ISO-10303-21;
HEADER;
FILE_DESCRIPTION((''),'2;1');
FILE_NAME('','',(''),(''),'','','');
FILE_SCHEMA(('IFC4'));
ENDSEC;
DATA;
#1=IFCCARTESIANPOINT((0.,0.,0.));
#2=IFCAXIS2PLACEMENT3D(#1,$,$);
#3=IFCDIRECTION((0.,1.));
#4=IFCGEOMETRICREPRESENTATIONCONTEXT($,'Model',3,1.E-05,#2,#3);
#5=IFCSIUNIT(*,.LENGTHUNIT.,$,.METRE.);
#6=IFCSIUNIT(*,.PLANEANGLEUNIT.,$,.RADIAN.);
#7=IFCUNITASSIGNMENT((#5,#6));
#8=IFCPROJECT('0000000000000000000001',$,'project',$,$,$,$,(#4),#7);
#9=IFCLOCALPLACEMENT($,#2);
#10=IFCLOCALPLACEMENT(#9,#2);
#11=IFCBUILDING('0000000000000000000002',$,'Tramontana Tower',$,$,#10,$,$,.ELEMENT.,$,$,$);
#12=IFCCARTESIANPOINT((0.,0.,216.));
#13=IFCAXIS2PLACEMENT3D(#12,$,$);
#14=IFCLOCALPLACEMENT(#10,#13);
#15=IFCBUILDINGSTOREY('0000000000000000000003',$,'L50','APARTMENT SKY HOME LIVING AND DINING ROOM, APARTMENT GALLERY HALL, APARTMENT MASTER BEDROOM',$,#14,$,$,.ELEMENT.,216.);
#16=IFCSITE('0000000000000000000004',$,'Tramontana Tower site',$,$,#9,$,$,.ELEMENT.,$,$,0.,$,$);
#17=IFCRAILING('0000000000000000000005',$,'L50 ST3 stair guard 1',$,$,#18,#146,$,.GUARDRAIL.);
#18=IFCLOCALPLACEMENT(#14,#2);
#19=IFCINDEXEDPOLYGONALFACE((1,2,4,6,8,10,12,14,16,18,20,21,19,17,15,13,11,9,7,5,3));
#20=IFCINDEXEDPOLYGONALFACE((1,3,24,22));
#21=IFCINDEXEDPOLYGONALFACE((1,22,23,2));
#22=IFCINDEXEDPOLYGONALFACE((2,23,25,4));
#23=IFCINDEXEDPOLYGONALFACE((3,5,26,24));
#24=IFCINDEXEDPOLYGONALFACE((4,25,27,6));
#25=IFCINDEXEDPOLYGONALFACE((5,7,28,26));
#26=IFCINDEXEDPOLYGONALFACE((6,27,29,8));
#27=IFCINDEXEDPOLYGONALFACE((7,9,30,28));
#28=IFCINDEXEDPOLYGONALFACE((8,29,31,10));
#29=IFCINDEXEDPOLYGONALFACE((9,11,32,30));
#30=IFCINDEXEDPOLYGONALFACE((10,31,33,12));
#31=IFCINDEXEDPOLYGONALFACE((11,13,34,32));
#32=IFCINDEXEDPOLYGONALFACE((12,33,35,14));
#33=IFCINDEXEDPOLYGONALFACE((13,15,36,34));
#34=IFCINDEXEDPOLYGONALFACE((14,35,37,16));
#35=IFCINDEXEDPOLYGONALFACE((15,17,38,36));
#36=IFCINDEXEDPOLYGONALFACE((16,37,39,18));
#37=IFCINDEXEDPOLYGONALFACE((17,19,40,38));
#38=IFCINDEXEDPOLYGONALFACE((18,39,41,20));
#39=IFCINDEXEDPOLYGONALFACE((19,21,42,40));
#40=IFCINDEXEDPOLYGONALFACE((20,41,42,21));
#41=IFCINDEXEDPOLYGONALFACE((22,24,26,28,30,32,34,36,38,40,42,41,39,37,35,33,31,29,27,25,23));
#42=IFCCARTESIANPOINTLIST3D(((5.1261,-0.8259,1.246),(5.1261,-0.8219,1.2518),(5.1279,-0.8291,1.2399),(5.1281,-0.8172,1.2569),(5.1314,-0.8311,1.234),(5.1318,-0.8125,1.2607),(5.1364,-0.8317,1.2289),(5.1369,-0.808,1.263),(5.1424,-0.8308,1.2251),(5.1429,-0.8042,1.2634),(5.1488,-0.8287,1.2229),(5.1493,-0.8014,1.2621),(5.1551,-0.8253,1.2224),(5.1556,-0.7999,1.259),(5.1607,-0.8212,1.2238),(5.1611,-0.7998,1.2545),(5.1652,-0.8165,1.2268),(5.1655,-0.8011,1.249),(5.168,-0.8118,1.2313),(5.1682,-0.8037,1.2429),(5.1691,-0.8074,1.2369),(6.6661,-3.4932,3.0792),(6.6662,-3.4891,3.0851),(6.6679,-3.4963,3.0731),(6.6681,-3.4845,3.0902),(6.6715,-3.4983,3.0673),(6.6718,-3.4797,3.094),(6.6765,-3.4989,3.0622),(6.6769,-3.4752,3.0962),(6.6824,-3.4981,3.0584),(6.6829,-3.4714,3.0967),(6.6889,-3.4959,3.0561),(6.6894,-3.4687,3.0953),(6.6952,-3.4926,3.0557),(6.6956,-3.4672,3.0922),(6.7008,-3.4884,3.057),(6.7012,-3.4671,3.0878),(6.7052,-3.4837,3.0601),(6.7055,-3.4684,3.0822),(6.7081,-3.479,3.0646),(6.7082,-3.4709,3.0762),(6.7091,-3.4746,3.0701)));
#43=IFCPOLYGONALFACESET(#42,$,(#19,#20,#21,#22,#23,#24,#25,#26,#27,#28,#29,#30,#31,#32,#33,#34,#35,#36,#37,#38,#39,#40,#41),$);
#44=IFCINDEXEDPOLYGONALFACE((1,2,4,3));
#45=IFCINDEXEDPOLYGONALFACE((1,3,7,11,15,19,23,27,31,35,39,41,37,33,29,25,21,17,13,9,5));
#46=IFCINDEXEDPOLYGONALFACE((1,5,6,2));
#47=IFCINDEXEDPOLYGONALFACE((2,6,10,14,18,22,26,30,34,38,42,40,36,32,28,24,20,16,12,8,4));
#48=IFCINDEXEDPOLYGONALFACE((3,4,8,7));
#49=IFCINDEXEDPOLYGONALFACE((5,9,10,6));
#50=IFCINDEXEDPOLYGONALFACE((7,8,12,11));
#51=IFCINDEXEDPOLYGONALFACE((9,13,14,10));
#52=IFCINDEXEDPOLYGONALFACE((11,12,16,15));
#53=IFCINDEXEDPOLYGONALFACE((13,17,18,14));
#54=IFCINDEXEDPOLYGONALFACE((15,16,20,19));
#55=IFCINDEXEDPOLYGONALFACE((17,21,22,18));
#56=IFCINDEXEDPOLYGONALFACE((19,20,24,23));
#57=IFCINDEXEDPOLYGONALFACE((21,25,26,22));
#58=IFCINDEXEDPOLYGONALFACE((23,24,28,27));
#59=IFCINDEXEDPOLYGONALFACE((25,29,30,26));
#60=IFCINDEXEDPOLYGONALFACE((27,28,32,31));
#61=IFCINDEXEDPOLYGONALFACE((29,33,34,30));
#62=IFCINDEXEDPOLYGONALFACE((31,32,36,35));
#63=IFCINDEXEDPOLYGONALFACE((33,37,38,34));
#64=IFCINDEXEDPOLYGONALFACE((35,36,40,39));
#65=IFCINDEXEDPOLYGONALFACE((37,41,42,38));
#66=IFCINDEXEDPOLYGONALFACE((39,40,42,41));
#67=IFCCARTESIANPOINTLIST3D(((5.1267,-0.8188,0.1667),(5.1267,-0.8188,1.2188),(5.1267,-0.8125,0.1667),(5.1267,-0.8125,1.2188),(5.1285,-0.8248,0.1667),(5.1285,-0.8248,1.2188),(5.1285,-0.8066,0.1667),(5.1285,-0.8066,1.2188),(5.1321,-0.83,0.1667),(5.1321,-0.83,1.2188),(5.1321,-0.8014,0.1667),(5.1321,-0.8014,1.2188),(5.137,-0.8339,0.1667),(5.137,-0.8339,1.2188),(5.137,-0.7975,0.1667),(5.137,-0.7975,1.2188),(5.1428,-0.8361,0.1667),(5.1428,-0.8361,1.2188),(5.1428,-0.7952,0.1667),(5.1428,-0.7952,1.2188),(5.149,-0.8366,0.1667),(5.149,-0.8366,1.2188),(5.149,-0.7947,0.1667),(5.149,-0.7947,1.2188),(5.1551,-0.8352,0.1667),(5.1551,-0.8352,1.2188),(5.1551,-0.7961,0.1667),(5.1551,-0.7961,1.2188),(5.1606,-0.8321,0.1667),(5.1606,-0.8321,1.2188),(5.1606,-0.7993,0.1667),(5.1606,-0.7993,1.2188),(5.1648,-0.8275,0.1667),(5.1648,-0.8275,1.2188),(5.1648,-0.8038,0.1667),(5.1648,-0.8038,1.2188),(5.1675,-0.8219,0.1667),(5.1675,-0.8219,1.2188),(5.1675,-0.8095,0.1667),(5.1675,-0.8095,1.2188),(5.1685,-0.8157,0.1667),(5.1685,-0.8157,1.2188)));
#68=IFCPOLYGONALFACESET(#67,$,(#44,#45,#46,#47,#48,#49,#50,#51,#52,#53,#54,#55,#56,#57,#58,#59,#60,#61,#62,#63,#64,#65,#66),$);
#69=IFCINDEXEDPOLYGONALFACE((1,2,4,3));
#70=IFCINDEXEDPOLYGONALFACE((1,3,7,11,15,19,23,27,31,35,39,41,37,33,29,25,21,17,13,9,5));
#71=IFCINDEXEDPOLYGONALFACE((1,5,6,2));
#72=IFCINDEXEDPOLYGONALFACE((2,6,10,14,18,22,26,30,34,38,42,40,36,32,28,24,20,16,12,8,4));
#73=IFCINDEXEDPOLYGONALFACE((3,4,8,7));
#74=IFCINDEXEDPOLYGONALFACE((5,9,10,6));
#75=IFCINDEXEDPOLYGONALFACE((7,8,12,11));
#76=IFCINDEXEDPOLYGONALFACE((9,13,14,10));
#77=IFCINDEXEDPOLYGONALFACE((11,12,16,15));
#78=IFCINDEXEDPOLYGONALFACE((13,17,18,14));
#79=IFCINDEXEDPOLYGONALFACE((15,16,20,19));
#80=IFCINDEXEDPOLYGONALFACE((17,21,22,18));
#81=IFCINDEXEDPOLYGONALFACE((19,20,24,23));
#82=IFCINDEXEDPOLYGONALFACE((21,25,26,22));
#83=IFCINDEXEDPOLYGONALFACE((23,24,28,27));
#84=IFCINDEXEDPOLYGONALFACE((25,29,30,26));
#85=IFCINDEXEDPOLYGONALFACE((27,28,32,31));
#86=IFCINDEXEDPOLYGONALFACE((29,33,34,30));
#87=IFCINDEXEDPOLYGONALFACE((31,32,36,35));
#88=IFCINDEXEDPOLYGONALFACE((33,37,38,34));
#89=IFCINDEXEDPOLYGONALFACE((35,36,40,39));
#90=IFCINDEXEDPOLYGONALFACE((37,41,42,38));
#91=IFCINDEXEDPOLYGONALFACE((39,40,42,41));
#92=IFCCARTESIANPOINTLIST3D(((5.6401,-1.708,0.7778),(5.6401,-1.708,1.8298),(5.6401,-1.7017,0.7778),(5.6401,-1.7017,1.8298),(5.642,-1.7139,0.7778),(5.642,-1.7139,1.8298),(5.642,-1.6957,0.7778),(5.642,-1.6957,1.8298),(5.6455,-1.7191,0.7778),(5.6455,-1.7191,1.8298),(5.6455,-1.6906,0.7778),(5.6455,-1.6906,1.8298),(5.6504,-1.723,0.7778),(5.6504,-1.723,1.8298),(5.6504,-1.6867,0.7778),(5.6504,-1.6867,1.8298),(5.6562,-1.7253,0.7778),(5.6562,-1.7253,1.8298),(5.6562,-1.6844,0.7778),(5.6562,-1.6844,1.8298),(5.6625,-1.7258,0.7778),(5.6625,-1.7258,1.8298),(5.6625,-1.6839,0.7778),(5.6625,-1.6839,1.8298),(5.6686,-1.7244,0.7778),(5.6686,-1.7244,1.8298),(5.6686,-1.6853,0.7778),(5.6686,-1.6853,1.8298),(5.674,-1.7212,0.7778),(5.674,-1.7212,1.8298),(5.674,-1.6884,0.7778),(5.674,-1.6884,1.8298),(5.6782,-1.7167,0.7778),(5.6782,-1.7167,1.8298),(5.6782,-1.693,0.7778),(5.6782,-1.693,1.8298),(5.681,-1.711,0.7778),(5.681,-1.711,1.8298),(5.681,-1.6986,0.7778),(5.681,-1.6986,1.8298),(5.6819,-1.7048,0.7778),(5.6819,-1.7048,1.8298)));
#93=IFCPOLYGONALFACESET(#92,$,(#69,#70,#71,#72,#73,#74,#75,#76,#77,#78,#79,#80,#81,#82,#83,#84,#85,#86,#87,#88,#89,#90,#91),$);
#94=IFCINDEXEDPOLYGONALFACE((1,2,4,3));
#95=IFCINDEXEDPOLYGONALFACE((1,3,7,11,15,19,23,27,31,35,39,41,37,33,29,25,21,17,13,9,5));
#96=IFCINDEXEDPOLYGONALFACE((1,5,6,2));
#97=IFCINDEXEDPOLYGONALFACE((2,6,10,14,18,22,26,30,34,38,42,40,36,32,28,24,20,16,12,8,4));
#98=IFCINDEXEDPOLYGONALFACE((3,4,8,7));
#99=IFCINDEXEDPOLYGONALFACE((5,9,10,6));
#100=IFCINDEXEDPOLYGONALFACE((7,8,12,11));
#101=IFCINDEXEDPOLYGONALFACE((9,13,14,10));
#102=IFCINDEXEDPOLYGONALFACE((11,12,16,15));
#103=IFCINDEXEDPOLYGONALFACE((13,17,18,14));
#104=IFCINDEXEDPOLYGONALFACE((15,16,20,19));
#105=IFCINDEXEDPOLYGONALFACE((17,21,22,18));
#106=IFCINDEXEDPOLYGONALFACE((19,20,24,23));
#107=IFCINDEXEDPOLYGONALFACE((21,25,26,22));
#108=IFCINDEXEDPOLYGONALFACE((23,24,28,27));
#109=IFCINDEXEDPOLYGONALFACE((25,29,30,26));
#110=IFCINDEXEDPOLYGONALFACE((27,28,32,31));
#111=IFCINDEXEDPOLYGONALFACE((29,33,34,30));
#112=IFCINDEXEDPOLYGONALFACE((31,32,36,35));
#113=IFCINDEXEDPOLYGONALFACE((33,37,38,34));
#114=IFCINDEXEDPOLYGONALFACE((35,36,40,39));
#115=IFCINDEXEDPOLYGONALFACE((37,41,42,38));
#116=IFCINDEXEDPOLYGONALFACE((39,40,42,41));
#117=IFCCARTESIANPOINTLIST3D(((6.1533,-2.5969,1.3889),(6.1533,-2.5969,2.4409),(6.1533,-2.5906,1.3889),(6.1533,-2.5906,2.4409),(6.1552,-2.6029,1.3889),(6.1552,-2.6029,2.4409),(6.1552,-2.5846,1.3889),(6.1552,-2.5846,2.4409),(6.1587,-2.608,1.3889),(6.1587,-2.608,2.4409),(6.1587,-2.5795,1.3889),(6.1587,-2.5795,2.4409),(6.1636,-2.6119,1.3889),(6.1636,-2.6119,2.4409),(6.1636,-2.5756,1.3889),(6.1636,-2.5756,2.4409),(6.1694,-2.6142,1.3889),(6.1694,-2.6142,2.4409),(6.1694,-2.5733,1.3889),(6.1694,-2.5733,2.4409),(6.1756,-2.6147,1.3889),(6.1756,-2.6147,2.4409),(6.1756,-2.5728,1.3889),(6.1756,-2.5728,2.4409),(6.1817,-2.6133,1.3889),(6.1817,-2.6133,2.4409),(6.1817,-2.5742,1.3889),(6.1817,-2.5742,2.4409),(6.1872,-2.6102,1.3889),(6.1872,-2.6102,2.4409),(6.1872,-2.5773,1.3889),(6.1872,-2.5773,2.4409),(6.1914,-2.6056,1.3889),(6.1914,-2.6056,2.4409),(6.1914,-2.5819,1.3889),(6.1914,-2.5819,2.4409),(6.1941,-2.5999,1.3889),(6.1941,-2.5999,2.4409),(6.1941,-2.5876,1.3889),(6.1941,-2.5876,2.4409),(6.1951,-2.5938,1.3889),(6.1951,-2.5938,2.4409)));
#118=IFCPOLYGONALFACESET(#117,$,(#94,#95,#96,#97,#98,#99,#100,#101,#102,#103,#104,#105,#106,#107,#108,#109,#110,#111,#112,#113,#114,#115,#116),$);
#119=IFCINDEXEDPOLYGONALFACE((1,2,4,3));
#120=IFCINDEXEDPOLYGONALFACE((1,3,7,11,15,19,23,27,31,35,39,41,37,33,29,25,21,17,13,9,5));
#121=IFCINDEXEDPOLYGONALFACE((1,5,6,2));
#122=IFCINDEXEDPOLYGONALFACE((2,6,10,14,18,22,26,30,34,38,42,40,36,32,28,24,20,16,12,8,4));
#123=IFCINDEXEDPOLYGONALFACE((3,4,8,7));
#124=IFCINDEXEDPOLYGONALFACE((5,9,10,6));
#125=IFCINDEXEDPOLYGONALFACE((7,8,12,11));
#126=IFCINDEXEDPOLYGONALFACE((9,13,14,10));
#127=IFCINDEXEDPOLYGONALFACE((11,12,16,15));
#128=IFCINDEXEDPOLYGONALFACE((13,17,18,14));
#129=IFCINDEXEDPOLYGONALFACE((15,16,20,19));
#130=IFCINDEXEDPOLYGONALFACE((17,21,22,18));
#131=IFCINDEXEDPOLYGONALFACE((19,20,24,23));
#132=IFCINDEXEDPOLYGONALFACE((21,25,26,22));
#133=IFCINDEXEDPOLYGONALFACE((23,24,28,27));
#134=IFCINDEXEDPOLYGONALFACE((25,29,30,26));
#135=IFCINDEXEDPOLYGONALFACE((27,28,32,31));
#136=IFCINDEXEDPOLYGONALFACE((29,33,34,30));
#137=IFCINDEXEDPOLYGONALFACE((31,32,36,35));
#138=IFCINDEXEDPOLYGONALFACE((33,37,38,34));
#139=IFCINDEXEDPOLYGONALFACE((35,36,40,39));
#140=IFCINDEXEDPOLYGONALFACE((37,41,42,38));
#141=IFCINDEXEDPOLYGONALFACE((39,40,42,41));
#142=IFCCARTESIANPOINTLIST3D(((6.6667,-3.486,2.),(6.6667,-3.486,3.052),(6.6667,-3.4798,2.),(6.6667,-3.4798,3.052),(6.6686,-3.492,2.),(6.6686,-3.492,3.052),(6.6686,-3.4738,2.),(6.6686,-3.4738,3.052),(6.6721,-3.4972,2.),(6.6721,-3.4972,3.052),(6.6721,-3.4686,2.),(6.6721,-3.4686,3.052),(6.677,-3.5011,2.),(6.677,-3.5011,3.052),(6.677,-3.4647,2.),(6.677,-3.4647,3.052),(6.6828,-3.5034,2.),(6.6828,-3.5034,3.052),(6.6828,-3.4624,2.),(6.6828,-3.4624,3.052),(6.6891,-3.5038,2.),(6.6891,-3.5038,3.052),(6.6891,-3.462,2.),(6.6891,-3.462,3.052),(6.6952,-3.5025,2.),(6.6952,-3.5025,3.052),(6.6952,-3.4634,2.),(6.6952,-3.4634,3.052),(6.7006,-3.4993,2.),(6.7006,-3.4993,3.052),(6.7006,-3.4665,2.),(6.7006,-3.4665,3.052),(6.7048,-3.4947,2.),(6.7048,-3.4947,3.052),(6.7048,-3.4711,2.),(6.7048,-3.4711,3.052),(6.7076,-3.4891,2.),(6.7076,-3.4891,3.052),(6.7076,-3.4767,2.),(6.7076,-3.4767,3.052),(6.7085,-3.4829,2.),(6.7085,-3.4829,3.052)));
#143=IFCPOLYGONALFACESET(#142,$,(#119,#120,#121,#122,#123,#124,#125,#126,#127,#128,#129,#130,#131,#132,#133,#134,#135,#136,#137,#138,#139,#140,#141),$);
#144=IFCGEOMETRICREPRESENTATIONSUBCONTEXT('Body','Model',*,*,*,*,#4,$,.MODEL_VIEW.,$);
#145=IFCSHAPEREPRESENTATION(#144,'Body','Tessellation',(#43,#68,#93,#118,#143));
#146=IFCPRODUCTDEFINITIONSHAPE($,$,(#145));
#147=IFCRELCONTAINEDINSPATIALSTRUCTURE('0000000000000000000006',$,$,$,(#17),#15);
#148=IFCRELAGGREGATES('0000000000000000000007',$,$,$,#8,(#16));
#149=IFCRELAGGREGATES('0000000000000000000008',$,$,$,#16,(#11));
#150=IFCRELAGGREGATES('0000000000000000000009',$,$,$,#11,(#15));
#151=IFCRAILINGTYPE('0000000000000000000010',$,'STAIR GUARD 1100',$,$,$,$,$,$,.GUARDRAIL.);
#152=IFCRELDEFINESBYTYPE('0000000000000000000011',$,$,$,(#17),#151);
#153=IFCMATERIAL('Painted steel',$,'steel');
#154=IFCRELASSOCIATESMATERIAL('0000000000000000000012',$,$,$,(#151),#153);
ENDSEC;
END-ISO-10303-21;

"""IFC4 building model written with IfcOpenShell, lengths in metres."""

from ifc_helpers import new_model, si_unit, direction, frame, origin, origin_2d, place, context, subcontext, project, spatial, circle, extrude, material, type_object, element, save


model = new_model("IFC4")

# Units and contexts
model_context = context("Model", 3, precision=1e-05, world=origin(), true_north=direction((0.0, 1.0)))
body_context = subcontext(model_context, "Body", "Model", "MODEL_VIEW")
ifc_project = project(units=[si_unit("LENGTHUNIT", "METRE"), si_unit("PLANEANGLEUNIT", "RADIAN")], contexts=[model_context])

# Site, building, storey
site_placement = place(None, origin())
site = spatial("IfcSite", under=ifc_project, at=site_placement, Name="Tramontana Tower site", CompositionType="ELEMENT", RefElevation=0.0)
building_placement = place(site_placement, origin())
building = spatial("IfcBuilding", under=site, at=building_placement, Name="Tramontana Tower", CompositionType="ELEMENT")
storey_placement = place(building_placement, frame((0.0, 0.0, 216.0)))
storey = spatial("IfcBuildingStorey", under=building, at=storey_placement, Name="L50", Description="APARTMENT SKY HOME LIVING AND DINING ROOM, APARTMENT GALLERY HALL, APARTMENT MASTER BEDROOM", CompositionType="ELEMENT", Elevation=216.0)

# Railing
ifc_material_1 = material(Name="Painted steel", Category="steel")
railing_type_1 = type_object("IfcRailingType", Name="STAIR GUARD 1100", PredefinedType="GUARDRAIL", material=ifc_material_1)
railing_1_placement = place(storey_placement, frame((5.1475, -0.8157, 0.1667)))
element("IfcRailing", 1, at=railing_1_placement, inside=storey, type_object=railing_type_1, Name="L50 ST3 stair guard 1", PredefinedType="GUARDRAIL", context=body_context, shape_type="SweptSolid", body=[
    extrude(circle(Radius=0.0239, at=origin_2d()), frame((0.0, 0.0, 1.0762), z_axis=(0.429671, -0.744159, 0.511478), x_axis=(0.86601, 0.500027, 0.0)), (0.0, 0.0, 1.0), 3.5842),
    extrude(circle(Radius=0.021, at=origin_2d()), origin(), (0.0, 0.0, 1.0), 1.052),
    extrude(circle(Radius=0.021, at=origin_2d()), frame((0.5134, -0.8892, 0.6111)), (0.0, 0.0, 1.0), 1.052),
    extrude(circle(Radius=0.021, at=origin_2d()), frame((1.0266, -1.7781, 1.2222)), (0.0, 0.0, 1.0), 1.052),
    extrude(circle(Radius=0.021, at=origin_2d()), frame((1.54, -2.6672, 1.8333)), (0.0, 0.0, 1.0), 1.052),
])

save(model, "model.ifc")
